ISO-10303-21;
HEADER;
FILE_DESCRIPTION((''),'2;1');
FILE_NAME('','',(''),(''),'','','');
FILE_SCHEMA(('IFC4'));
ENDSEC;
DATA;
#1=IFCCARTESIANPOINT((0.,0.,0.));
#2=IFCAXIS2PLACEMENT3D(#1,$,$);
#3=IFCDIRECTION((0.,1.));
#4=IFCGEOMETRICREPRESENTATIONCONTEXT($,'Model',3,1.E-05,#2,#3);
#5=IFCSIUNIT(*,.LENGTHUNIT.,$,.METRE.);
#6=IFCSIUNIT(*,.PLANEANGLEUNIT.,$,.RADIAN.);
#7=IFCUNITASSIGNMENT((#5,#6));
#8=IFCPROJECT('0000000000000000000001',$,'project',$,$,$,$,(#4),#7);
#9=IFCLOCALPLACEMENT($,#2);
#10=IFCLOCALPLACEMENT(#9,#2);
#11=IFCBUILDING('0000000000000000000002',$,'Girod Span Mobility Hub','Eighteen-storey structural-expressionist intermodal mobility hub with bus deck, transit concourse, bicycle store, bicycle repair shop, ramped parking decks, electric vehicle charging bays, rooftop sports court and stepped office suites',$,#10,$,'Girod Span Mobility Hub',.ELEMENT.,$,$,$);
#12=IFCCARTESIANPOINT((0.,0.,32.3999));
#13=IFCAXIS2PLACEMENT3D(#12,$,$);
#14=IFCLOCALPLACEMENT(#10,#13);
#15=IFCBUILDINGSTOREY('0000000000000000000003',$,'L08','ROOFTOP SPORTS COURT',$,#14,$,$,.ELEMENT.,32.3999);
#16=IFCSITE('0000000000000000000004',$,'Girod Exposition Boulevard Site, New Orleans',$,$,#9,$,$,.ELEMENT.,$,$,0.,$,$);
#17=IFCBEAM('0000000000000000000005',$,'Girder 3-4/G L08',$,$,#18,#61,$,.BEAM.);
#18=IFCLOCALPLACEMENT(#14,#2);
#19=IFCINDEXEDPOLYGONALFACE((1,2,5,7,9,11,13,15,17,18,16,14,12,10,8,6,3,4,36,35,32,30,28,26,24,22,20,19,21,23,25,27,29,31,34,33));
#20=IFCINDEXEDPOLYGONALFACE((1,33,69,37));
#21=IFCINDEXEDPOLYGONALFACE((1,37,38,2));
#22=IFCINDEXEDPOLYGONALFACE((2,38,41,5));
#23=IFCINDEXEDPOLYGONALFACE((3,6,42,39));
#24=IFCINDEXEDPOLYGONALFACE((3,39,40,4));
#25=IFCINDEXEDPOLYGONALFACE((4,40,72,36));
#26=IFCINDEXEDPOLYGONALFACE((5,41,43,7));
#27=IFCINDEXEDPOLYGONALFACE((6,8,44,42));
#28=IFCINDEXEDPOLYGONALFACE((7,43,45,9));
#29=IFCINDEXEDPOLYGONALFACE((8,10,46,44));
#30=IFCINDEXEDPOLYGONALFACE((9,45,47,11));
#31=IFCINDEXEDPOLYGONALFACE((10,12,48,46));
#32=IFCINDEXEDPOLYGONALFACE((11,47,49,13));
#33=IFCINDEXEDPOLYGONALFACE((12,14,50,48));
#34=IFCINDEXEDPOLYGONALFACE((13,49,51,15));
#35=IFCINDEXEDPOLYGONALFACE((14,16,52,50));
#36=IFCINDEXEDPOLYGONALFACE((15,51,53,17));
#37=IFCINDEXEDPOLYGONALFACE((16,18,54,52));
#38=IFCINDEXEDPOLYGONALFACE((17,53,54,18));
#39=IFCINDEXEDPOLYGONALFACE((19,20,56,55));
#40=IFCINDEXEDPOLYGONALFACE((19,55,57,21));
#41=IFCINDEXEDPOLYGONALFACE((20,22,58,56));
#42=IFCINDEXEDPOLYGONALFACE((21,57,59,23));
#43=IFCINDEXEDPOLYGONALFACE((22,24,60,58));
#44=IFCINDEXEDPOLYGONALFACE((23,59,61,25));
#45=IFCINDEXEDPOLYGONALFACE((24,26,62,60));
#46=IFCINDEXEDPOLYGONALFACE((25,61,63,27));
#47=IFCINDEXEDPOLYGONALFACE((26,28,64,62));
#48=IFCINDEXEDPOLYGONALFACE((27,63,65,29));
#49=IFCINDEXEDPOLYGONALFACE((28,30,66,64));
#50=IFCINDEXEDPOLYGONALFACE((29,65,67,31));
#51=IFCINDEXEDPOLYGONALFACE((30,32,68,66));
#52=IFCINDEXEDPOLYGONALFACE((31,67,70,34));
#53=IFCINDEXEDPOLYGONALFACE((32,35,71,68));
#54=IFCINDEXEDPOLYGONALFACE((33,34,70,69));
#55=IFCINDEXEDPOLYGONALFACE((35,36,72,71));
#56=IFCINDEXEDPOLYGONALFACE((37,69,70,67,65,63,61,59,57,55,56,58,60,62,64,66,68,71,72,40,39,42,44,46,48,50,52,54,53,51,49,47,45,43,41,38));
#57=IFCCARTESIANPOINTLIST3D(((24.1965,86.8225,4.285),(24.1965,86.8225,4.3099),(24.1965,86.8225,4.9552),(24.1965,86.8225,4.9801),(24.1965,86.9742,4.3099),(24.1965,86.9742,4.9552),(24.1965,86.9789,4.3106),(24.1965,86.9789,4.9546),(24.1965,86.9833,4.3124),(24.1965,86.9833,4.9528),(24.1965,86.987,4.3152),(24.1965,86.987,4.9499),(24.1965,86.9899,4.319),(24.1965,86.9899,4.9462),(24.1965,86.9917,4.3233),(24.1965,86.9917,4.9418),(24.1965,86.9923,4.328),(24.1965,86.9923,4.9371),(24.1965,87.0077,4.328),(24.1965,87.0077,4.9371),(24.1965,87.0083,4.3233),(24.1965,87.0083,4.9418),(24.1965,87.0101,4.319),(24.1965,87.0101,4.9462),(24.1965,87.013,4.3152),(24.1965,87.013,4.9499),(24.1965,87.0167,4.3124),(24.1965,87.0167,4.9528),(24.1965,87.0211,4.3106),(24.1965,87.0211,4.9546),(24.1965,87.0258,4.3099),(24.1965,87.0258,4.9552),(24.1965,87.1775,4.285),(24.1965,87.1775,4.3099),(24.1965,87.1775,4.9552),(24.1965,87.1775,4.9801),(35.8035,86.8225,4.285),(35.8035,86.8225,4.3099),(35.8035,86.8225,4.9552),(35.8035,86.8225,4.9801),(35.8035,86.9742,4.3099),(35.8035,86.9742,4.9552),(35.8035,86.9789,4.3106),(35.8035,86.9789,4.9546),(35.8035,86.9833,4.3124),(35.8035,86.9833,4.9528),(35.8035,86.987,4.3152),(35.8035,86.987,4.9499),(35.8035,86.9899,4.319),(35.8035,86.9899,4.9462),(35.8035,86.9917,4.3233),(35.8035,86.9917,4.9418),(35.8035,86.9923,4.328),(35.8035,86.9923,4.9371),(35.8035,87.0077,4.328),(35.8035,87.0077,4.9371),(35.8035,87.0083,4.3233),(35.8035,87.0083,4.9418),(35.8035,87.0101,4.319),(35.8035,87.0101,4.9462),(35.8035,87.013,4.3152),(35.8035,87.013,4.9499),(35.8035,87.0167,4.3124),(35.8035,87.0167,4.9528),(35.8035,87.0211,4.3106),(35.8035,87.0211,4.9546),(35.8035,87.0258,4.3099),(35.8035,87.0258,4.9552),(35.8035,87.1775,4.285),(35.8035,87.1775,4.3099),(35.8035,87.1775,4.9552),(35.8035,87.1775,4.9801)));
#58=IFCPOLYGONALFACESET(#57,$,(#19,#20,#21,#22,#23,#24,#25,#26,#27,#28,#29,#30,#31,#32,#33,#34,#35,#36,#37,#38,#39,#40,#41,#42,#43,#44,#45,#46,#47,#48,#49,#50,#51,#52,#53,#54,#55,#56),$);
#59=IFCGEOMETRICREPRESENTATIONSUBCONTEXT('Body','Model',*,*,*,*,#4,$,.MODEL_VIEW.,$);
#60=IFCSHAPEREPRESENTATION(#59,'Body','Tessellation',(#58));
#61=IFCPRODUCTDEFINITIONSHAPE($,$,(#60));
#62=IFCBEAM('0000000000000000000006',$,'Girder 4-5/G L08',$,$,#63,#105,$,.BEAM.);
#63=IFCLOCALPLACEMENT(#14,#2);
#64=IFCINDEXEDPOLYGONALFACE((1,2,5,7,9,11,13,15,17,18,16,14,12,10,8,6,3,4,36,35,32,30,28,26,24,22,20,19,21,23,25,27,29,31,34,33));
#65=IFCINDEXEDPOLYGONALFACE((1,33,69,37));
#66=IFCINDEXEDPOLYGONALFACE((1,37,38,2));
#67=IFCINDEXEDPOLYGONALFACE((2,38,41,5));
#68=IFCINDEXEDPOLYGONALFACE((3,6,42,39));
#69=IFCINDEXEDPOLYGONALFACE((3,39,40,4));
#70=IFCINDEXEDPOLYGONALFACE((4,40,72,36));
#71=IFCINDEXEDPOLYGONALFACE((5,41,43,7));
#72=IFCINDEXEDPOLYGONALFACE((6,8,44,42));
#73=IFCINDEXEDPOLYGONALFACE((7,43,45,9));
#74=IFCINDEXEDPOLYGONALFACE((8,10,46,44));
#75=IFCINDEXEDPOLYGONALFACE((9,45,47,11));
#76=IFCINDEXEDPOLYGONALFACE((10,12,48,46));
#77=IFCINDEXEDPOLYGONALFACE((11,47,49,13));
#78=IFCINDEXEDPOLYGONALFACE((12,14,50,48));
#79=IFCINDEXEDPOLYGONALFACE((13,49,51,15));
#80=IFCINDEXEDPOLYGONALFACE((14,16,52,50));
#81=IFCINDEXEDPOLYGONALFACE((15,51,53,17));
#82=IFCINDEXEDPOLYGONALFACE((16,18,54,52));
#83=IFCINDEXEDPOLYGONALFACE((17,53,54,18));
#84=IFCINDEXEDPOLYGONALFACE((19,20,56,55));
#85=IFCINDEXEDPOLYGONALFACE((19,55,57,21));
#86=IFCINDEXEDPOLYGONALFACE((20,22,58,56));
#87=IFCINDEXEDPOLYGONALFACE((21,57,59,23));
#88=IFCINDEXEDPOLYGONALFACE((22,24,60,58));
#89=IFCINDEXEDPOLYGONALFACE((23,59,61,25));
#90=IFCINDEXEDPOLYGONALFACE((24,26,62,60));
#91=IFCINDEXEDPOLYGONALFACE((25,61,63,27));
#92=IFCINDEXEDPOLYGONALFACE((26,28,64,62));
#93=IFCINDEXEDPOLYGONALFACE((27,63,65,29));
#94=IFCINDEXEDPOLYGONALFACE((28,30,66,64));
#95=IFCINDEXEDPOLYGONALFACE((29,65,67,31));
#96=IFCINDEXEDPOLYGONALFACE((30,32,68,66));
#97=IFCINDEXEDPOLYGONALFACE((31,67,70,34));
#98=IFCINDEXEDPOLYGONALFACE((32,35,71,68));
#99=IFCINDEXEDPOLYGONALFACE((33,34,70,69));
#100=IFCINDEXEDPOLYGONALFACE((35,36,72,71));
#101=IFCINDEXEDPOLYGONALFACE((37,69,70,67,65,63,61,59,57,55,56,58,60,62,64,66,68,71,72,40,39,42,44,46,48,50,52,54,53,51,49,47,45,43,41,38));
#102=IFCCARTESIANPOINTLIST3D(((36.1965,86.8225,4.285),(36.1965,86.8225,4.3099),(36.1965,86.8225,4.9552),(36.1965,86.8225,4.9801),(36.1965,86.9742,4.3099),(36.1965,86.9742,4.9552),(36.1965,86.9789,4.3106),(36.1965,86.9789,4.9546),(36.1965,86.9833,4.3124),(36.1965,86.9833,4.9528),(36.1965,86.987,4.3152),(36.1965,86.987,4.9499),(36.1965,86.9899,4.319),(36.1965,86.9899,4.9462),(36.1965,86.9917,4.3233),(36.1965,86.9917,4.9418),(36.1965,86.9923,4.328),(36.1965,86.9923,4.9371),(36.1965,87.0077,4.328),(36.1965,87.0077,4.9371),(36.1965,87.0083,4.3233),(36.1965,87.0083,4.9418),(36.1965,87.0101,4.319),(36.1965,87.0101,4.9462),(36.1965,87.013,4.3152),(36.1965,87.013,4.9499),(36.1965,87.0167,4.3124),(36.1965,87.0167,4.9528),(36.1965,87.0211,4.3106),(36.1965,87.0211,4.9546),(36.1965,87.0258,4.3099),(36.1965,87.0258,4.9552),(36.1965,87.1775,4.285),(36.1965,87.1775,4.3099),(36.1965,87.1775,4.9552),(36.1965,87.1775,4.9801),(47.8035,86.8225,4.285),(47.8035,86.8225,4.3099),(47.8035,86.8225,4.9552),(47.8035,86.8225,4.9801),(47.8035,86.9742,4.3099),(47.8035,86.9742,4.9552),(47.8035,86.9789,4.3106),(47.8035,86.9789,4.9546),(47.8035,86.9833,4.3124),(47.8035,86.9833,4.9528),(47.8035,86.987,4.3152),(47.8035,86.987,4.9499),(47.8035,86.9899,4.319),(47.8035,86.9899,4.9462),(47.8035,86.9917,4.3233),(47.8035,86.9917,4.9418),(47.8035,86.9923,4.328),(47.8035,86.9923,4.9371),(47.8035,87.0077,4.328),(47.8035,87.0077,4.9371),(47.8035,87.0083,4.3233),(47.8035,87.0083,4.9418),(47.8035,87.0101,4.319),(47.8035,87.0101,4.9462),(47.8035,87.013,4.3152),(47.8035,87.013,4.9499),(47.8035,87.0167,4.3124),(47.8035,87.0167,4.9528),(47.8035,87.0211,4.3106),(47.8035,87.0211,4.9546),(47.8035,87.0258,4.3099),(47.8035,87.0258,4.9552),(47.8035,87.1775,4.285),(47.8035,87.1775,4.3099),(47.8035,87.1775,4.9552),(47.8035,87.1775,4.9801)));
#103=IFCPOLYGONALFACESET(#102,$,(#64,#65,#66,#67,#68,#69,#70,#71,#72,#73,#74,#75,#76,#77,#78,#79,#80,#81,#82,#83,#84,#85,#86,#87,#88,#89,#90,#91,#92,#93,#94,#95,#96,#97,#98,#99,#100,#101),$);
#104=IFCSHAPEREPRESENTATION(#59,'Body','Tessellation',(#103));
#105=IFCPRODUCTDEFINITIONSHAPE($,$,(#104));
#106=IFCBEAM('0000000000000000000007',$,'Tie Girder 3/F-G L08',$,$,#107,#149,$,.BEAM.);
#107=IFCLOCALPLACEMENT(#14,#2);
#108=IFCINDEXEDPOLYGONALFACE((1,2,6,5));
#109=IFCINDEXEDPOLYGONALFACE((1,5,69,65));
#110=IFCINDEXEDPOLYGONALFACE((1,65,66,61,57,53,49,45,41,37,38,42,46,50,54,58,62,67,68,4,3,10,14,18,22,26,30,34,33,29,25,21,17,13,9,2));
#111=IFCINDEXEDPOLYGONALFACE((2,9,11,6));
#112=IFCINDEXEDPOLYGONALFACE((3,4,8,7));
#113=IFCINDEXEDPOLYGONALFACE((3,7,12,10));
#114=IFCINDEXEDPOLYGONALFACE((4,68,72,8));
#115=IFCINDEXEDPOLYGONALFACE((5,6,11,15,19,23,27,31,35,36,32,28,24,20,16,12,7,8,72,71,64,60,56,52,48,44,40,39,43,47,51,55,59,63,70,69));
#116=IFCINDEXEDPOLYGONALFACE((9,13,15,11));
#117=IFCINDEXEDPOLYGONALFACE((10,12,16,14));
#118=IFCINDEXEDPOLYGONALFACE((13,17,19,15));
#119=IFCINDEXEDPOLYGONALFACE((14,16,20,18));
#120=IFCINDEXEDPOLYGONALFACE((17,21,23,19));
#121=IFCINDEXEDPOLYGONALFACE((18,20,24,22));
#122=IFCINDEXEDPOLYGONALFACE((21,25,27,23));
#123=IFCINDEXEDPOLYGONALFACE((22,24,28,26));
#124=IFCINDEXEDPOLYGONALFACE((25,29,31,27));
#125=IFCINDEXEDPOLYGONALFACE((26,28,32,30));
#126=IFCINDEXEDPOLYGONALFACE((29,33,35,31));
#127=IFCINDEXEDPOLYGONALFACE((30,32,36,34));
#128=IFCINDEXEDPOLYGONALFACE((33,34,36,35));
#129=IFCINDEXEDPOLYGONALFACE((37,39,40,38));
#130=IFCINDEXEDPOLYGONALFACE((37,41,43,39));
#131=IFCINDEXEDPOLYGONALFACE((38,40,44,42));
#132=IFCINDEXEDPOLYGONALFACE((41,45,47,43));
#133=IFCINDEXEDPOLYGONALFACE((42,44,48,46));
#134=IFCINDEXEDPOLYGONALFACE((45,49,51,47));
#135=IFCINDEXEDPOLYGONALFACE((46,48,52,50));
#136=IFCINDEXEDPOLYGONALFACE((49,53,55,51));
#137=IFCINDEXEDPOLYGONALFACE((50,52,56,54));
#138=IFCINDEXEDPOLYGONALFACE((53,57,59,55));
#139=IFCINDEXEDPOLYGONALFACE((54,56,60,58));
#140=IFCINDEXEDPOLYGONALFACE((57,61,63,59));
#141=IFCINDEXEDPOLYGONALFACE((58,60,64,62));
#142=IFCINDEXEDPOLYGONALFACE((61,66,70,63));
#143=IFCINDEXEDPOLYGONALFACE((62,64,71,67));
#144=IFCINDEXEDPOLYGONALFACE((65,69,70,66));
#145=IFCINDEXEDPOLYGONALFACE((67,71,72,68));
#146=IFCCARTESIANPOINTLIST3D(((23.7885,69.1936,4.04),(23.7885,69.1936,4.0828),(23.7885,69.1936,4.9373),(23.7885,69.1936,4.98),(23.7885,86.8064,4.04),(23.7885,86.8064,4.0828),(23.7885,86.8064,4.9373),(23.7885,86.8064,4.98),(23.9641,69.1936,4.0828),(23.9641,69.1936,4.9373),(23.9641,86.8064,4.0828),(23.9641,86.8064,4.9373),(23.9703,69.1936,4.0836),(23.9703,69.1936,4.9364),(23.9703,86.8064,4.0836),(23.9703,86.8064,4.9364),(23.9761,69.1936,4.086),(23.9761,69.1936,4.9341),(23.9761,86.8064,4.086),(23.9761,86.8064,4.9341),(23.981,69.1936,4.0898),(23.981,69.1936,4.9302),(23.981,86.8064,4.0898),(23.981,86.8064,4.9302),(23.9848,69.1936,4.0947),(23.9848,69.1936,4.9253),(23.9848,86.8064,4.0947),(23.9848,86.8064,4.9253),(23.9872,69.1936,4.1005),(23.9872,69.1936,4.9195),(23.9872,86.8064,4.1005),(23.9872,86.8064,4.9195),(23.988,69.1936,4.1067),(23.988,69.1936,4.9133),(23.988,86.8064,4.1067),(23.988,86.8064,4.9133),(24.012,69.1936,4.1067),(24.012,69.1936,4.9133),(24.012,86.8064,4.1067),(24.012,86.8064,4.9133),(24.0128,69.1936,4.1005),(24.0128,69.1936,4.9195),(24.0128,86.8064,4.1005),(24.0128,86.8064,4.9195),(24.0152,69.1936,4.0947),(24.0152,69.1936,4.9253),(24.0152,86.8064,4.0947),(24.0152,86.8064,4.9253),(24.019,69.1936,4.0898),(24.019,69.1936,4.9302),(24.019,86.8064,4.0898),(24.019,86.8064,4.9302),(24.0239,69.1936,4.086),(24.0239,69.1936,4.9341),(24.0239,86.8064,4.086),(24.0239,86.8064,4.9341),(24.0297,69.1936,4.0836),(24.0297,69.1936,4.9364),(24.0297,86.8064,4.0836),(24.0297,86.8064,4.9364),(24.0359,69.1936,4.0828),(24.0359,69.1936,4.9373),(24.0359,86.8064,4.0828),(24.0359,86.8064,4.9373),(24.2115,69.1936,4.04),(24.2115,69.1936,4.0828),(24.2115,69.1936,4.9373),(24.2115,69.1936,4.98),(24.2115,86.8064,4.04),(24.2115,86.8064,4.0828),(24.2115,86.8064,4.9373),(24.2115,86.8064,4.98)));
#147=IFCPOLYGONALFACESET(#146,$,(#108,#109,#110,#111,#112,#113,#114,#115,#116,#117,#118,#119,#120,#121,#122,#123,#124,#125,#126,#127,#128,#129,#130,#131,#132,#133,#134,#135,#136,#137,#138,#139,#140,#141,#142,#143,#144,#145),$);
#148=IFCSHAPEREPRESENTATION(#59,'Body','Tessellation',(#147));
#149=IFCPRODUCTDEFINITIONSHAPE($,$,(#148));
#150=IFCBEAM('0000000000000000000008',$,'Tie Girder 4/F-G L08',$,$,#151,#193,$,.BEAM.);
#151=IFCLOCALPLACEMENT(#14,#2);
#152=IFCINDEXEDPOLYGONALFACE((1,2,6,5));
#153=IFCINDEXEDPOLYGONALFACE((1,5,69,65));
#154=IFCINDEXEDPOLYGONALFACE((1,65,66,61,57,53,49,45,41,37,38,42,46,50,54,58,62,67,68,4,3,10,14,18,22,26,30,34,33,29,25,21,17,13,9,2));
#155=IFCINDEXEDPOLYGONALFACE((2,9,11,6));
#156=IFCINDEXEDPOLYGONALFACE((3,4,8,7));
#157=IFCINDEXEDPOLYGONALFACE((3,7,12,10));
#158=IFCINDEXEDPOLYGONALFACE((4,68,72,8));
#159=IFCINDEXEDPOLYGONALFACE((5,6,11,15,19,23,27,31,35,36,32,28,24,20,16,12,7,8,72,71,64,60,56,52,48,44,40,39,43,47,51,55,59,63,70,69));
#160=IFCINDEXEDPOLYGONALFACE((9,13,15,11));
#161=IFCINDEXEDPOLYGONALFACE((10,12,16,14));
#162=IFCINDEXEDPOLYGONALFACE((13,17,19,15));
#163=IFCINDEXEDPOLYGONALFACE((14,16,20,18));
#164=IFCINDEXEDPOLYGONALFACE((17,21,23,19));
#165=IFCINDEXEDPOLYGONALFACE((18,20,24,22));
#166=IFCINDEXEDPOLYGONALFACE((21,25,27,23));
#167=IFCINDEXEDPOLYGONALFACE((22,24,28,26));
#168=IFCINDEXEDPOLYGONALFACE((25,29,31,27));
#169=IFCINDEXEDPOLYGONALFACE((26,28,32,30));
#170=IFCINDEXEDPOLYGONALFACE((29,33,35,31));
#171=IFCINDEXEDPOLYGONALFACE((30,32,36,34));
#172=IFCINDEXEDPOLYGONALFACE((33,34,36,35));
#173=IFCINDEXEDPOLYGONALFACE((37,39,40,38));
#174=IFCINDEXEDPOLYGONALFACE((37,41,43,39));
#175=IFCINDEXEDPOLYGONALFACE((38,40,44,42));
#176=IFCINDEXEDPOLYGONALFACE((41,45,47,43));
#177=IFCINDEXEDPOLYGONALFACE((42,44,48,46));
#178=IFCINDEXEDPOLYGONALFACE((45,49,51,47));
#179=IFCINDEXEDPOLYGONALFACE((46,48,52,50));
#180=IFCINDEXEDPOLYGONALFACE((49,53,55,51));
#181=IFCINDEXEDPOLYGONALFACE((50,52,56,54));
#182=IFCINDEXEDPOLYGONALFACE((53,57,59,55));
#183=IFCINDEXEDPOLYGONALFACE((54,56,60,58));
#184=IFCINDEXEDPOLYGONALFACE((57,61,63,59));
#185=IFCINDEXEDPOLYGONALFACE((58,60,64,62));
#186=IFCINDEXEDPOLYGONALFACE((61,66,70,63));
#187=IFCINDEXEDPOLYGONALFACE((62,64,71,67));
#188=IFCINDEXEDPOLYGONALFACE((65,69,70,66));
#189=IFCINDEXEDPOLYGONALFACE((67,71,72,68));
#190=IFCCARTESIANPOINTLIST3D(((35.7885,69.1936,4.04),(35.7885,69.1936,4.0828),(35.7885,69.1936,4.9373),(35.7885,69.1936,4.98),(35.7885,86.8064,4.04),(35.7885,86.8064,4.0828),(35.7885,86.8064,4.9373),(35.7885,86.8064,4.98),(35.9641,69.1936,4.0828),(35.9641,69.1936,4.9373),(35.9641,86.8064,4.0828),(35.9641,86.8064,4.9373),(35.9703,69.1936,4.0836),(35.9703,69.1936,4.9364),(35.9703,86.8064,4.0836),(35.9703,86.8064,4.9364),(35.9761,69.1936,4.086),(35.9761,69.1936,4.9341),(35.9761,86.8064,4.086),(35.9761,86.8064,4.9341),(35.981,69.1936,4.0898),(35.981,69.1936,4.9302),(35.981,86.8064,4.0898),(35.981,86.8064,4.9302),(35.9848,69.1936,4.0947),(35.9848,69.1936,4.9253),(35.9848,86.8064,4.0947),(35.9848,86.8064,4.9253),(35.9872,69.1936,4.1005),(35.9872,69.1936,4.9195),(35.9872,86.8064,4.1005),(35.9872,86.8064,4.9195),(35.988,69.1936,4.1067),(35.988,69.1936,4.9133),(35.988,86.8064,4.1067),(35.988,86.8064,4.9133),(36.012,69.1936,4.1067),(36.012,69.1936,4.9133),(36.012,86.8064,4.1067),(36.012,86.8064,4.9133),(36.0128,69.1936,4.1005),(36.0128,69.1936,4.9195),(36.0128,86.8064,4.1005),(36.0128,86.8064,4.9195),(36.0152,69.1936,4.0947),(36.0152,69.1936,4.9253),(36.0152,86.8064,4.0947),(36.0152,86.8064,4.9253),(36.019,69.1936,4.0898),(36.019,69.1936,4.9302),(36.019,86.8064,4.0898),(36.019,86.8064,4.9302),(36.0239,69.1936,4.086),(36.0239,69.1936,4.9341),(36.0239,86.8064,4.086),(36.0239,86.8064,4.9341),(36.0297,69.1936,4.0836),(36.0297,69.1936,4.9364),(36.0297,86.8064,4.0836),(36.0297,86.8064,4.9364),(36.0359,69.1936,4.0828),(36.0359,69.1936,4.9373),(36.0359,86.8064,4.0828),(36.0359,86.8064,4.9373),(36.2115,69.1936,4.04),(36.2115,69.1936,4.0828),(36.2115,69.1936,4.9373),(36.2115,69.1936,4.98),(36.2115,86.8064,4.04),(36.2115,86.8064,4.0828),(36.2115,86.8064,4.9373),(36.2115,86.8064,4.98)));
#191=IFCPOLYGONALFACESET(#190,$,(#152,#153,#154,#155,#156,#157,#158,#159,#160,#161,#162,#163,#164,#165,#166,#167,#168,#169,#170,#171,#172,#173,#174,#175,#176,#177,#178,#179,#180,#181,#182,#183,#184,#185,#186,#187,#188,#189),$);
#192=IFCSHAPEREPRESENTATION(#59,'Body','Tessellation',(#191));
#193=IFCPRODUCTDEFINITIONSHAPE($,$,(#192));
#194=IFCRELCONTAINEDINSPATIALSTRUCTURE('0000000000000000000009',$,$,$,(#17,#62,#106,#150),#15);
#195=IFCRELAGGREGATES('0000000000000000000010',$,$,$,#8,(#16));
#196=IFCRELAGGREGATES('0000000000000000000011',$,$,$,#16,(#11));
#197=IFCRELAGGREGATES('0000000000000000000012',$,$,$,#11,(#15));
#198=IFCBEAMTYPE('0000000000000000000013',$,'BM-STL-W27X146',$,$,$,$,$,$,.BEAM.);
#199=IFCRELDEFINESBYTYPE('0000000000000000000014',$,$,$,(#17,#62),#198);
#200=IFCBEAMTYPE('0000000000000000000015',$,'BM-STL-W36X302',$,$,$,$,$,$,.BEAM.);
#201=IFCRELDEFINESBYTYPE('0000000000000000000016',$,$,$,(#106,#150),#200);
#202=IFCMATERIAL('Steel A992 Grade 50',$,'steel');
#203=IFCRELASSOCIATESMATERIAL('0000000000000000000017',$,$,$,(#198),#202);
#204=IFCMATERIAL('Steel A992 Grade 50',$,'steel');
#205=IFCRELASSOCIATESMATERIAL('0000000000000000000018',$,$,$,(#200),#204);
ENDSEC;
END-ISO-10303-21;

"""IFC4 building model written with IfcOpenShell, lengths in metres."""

from ifc_helpers import new_model, si_unit, direction, frame, origin, origin_2d, place, context, subcontext, project, spatial, i_section, extrude, material, material_profile, profile_set, type_object, element, save


model = new_model("IFC4")

# Units and contexts
model_context = context("Model", 3, precision=1e-05, world=origin(), true_north=direction((0.0, 1.0)))
body_context = subcontext(model_context, "Body", "Model", "MODEL_VIEW")
ifc_project = project(units=[si_unit("LENGTHUNIT", "METRE"), si_unit("PLANEANGLEUNIT", "RADIAN")], contexts=[model_context])

# Site, building, storey
site_placement = place(None, origin())
site = spatial("IfcSite", under=ifc_project, at=site_placement, Name="Girod Exposition Boulevard Site, New Orleans", CompositionType="ELEMENT", RefElevation=0.0)
building_placement = place(site_placement, origin())
building = spatial("IfcBuilding", under=site, at=building_placement, Name="Girod Span Mobility Hub", Description="Eighteen-storey structural-expressionist intermodal mobility hub with bus deck, transit concourse, bicycle store, bicycle repair shop, ramped parking decks, electric vehicle charging bays, rooftop sports court and stepped office suites", LongName="Girod Span Mobility Hub", CompositionType="ELEMENT")
storey_placement = place(building_placement, frame((0.0, 0.0, 32.3999)))
storey = spatial("IfcBuildingStorey", under=building, at=storey_placement, Name="L08", Description="ROOFTOP SPORTS COURT", CompositionType="ELEMENT", Elevation=32.3999)

# Beams
ifc_material_1 = material(Name="Steel A992 Grade 50", Category="steel")
ifc_material_profile_1 = material_profile(ifc_material_1, i_section(OverallWidth=0.355, OverallDepth=0.6951, WebThickness=0.0154, FlangeThickness=0.0249, FilletRadius=0.0181, at=origin_2d()), Name="W27X146")
ifc_profile_set_1 = profile_set([ifc_material_profile_1], Name="Steel A992 Grade 50")
beam_type_1 = type_object("IfcBeamType", Name="BM-STL-W27X146", PredefinedType="BEAM", material=ifc_profile_set_1)
for number, where, z_axis, x_axis, name in (
    (1, (24.1965, 87.0, 4.6326), (1.0, 0.0, 0.0), (0.0, 1.0, 0.0), "Girder 3-4/G L08"),
    (2, (36.1965, 87.0, 4.6326), (1.0, 0.0, 0.0), (0.0, 1.0, 0.0), "Girder 4-5/G L08"),
):
    element("IfcBeam", number, at=place(storey_placement, frame(where, z_axis=z_axis, x_axis=x_axis)), inside=storey, type_object=beam_type_1, Name=name, PredefinedType="BEAM", context=body_context, shape_type="SweptSolid", body=[
        extrude(i_section(OverallWidth=0.355, OverallDepth=0.6951, WebThickness=0.0154, FlangeThickness=0.0249, FilletRadius=0.0181, at=origin_2d()), origin(), (0.0, 0.0, 1.0), 11.6069),
    ])
ifc_material_2 = material(Name="Steel A992 Grade 50", Category="steel")
ifc_material_profile_2 = material_profile(ifc_material_2, i_section(OverallWidth=0.4231, OverallDepth=0.9399, WebThickness=0.0239, FlangeThickness=0.0427, FilletRadius=0.0239, at=origin_2d()), Name="W36X302")
ifc_profile_set_2 = profile_set([ifc_material_profile_2], Name="Steel A992 Grade 50")
beam_type_2 = type_object("IfcBeamType", Name="BM-STL-W36X302", PredefinedType="BEAM", material=ifc_profile_set_2)
for number, where, z_axis, x_axis, name in (
    (3, (24.0, 69.1936, 4.51), (0.0, 1.0, 0.0), (-1.0, 0.0, 0.0), "Tie Girder 3/F-G L08"),
    (4, (36.0, 69.1936, 4.51), (0.0, 1.0, 0.0), (-1.0, 0.0, 0.0), "Tie Girder 4/F-G L08"),
):
    element("IfcBeam", number, at=place(storey_placement, frame(where, z_axis=z_axis, x_axis=x_axis)), inside=storey, type_object=beam_type_2, Name=name, PredefinedType="BEAM", context=body_context, shape_type="SweptSolid", body=[
        extrude(i_section(OverallWidth=0.4231, OverallDepth=0.9399, WebThickness=0.0239, FlangeThickness=0.0427, FilletRadius=0.0239, at=origin_2d()), origin(), (0.0, 0.0, 1.0), 17.6128),
    ])

save(model, "model.ifc")
